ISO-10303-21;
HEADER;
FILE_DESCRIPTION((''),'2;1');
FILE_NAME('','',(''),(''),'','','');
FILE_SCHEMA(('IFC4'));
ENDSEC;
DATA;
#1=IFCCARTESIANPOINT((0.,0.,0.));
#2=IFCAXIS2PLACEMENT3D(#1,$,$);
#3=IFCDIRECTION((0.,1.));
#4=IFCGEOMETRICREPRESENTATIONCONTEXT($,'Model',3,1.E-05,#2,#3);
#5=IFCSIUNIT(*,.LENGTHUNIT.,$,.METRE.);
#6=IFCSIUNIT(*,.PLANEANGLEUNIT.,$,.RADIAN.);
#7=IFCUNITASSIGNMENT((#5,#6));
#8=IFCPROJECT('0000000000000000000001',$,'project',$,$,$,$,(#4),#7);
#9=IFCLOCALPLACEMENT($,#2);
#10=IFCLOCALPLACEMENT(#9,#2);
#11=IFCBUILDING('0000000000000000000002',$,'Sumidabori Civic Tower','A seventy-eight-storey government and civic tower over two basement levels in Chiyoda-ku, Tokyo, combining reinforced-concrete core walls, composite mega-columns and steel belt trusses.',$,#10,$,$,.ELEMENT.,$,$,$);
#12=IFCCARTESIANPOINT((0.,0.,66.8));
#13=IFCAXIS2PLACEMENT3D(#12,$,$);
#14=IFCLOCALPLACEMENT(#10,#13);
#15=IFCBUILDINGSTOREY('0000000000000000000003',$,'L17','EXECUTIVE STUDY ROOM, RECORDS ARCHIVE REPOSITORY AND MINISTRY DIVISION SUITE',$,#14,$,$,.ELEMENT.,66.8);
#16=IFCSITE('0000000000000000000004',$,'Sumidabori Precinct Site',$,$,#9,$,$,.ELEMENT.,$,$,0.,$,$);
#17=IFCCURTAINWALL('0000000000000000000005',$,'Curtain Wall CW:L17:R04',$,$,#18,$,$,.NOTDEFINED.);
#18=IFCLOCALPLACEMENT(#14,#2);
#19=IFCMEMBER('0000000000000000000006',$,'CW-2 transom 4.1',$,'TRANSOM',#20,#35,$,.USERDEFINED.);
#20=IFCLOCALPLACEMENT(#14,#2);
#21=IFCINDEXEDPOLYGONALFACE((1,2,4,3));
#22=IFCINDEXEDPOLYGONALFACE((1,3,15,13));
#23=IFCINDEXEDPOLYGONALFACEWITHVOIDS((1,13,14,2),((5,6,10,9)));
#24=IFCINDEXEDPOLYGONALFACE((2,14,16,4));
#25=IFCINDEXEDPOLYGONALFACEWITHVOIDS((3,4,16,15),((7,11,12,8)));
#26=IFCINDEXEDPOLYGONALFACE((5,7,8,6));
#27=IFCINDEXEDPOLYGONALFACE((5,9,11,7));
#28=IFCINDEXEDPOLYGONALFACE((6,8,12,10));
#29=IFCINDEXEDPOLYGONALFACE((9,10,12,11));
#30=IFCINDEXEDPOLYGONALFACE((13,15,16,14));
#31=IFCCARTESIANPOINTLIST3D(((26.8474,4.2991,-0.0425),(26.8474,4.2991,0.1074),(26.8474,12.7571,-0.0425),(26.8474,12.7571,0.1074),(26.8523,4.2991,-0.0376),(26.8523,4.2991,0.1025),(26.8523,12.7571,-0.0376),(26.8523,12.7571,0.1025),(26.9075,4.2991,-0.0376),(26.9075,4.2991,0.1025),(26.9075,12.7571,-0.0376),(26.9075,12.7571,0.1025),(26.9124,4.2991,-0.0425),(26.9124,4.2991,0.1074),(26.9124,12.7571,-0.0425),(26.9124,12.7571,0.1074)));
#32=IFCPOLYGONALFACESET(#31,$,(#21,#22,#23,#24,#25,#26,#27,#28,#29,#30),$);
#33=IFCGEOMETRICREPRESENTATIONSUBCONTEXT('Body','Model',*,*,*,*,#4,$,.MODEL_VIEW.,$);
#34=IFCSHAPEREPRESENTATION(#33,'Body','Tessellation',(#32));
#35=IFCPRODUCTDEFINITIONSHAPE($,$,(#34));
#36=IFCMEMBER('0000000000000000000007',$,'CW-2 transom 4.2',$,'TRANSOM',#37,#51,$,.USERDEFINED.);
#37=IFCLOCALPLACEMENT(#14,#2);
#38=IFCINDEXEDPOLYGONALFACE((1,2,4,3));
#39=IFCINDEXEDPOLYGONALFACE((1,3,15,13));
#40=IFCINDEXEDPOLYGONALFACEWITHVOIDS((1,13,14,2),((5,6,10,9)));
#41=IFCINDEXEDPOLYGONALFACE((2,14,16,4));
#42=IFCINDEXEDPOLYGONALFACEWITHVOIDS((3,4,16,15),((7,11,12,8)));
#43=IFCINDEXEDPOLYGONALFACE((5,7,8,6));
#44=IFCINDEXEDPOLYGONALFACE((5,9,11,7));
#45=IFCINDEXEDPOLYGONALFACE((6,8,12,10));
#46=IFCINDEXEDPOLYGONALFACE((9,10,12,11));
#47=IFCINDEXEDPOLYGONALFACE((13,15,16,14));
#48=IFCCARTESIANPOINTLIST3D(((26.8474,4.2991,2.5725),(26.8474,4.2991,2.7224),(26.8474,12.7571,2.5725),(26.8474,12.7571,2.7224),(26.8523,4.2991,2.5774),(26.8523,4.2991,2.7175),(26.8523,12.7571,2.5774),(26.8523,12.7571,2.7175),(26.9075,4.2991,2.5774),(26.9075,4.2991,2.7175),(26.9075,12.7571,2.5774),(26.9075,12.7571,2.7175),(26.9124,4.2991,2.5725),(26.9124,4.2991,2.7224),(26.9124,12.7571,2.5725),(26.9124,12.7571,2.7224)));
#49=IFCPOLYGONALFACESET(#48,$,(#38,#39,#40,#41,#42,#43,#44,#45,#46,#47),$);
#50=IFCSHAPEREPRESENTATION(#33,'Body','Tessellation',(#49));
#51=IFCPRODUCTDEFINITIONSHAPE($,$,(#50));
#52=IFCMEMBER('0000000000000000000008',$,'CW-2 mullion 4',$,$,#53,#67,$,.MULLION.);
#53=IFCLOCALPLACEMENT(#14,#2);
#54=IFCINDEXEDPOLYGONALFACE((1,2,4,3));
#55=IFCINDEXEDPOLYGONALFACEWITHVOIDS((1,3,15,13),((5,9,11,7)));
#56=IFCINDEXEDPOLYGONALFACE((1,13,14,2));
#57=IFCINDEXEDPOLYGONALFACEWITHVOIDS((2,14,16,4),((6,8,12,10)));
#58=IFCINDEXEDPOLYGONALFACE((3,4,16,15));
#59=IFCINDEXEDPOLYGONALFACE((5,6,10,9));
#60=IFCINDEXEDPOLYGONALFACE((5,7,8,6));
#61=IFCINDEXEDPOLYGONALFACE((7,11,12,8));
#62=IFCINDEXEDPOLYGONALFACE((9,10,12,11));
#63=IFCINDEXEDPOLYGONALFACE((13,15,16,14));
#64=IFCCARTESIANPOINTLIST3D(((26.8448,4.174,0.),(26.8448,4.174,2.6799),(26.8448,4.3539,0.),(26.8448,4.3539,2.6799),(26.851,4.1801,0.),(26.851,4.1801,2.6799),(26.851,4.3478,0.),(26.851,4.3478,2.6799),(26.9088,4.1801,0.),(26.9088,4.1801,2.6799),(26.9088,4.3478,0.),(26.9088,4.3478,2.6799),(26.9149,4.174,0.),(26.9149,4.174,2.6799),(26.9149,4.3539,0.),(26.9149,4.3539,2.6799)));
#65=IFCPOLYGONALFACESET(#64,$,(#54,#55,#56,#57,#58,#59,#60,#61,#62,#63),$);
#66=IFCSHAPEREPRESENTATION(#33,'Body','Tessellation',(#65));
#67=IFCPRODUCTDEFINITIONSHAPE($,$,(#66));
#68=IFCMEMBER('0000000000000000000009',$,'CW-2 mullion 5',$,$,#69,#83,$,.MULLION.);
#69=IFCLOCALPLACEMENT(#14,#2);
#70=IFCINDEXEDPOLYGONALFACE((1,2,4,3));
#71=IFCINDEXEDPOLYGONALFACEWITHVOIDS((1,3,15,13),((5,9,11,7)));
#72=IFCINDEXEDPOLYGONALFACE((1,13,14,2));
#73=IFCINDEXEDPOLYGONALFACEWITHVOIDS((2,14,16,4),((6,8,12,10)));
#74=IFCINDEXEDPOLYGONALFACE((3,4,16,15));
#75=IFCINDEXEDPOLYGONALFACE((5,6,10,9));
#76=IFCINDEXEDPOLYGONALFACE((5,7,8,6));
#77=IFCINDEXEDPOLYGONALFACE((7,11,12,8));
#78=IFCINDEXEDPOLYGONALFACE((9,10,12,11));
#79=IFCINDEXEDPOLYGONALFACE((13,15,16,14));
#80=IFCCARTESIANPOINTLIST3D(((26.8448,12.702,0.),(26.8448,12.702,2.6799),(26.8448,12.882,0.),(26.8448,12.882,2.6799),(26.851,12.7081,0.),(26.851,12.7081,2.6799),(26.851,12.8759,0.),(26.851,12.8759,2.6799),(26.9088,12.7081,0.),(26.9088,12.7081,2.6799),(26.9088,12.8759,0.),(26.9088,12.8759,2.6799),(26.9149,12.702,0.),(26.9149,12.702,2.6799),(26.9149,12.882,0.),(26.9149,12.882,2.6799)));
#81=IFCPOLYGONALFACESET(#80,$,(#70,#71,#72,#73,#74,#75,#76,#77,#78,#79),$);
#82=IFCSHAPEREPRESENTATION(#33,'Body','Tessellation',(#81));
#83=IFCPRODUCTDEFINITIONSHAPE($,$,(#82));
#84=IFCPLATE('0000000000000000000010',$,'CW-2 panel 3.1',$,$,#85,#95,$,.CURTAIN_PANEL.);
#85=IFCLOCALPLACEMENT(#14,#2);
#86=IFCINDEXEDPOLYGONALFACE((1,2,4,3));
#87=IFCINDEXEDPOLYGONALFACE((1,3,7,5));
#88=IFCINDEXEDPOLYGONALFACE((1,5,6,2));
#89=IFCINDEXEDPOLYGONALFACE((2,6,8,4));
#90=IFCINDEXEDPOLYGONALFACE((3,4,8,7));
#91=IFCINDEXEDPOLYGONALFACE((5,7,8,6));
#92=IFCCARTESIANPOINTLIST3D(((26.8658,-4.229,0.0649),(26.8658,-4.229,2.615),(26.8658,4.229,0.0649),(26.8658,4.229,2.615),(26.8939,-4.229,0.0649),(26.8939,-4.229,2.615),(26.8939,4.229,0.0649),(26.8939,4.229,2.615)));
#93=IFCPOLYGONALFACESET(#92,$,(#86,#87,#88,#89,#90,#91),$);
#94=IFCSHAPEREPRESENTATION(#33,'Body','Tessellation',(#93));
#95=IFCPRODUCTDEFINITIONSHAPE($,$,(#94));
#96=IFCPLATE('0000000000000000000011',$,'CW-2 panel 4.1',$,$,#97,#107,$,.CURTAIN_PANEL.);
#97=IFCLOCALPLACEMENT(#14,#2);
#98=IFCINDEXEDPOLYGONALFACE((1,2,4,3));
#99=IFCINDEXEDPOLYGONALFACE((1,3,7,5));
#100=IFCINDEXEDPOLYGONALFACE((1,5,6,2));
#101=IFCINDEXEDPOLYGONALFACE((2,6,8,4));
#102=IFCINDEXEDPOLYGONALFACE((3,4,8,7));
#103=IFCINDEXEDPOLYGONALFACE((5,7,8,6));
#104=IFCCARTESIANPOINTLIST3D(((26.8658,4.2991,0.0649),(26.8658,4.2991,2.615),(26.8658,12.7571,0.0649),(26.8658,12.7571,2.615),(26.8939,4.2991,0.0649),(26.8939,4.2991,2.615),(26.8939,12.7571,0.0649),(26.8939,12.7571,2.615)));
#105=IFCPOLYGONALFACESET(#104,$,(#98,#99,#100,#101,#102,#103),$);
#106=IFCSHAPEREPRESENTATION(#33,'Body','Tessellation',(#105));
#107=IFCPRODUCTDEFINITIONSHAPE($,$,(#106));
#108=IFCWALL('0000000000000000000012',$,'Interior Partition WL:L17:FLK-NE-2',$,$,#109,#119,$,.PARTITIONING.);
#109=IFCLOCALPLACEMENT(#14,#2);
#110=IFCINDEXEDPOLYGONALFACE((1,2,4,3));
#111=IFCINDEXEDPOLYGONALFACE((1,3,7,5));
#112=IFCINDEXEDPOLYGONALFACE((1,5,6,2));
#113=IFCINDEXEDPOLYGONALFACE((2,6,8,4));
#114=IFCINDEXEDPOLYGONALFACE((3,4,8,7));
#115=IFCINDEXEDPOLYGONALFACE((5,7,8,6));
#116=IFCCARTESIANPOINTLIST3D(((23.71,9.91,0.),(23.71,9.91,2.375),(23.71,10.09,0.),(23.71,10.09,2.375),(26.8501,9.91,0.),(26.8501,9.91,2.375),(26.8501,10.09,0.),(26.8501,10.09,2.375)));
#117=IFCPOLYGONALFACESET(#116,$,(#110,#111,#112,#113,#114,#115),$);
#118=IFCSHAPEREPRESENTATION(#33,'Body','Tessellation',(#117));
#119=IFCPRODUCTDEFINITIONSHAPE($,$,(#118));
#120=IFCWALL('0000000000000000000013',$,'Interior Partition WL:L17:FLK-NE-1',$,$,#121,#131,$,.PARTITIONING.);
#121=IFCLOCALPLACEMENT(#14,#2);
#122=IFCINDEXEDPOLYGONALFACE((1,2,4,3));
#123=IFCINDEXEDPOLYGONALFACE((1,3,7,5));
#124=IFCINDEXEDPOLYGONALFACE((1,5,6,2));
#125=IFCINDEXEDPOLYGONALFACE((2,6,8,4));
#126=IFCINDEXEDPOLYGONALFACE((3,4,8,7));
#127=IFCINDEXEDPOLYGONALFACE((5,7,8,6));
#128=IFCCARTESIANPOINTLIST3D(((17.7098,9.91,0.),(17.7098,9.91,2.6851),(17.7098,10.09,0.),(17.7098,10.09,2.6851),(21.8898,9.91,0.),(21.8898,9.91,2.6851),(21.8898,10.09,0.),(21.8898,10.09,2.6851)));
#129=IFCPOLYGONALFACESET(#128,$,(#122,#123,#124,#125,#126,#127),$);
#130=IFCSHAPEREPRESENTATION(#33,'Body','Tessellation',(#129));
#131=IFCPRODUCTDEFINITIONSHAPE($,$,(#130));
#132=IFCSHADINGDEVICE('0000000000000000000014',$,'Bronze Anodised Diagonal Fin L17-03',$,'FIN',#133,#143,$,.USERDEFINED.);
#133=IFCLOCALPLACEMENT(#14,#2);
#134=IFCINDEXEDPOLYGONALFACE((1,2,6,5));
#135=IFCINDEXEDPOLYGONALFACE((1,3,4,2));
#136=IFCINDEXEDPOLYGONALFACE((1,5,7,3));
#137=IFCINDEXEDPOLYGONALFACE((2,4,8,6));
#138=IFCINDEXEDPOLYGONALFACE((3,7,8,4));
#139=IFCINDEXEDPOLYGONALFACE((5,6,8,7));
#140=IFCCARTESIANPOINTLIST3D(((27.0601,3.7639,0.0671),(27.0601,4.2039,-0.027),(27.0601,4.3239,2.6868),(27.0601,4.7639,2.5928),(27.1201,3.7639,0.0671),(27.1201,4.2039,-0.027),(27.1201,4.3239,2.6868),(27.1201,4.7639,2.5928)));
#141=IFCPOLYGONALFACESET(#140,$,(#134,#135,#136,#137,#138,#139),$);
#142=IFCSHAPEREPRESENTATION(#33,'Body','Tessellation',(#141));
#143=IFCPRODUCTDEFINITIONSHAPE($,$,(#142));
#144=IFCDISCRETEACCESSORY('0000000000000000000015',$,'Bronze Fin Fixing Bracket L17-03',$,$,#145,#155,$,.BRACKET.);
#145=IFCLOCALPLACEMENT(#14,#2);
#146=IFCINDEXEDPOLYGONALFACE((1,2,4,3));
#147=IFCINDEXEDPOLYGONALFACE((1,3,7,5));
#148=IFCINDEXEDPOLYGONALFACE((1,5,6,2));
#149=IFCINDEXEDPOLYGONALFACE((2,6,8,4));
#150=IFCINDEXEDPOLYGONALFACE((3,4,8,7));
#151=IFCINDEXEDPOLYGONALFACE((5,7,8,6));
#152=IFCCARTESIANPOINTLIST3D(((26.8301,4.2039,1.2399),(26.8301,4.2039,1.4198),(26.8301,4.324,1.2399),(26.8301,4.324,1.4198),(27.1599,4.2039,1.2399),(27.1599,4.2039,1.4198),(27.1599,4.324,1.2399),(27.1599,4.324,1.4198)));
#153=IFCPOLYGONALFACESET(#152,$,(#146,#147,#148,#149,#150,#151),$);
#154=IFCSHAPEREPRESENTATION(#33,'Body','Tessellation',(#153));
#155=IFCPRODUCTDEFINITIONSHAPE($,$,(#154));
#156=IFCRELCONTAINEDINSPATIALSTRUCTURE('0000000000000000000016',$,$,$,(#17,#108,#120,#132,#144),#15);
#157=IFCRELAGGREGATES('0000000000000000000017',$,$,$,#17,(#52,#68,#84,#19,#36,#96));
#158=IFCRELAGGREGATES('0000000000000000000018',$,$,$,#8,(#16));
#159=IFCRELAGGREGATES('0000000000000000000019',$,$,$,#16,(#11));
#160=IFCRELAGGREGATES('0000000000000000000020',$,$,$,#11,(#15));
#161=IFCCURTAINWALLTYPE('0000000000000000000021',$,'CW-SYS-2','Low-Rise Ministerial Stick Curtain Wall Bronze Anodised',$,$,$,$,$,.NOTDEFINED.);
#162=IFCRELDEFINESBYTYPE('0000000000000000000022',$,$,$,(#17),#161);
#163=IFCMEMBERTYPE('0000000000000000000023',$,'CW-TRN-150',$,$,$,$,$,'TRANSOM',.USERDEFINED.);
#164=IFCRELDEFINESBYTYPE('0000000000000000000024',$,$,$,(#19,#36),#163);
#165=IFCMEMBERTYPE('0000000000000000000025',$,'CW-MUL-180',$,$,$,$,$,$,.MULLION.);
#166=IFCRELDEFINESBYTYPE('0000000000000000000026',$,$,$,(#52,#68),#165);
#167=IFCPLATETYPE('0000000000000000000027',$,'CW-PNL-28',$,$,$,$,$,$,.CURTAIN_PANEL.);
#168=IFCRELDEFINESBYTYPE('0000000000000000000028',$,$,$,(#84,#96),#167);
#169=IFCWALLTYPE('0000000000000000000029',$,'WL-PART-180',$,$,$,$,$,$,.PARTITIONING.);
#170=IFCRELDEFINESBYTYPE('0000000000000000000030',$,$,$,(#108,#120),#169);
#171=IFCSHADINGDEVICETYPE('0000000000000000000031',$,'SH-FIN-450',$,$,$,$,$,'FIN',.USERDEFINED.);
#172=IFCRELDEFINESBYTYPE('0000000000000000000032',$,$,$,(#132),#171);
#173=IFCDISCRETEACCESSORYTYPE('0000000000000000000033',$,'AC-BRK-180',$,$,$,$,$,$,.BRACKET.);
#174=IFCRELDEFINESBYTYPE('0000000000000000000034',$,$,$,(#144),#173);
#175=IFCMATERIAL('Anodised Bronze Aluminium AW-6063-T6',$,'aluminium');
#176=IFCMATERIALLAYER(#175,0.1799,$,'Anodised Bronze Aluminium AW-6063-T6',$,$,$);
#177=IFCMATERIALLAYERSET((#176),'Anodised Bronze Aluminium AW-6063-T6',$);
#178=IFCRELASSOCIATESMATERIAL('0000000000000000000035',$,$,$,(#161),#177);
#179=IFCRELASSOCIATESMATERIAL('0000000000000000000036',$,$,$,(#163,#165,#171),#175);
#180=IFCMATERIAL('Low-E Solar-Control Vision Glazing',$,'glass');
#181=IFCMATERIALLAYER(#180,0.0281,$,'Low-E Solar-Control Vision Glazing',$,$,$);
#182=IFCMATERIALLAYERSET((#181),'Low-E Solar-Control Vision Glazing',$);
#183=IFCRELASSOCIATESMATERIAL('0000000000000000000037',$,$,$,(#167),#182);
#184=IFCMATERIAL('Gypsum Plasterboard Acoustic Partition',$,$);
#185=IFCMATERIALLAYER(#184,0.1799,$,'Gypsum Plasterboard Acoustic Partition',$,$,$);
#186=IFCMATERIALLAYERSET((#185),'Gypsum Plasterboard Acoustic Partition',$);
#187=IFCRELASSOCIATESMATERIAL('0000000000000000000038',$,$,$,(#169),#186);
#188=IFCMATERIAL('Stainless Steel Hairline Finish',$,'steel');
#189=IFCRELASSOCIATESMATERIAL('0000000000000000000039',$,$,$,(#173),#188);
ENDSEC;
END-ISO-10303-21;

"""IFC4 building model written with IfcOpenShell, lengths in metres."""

from ifc_helpers import new_model, si_unit, direction, frame, frame_2d, origin, origin_2d, place, context, subcontext, project, spatial, rectangle, hollow_rectangle, extrude, source, transform, mapped, material, layer, layer_set, material_profile, profile_set, type_object, element, aggregate, save


model = new_model("IFC4")

# Units and contexts
model_context = context("Model", 3, precision=1e-05, world=origin(), true_north=direction((0.0, 1.0)))
body_context = subcontext(model_context, "Body", "Model", "MODEL_VIEW")
ifc_project = project(units=[si_unit("LENGTHUNIT", "METRE"), si_unit("PLANEANGLEUNIT", "RADIAN")], contexts=[model_context])

# Site, building, storey
site_placement = place(None, origin())
site = spatial("IfcSite", under=ifc_project, at=site_placement, Name="Sumidabori Precinct Site", CompositionType="ELEMENT", RefElevation=0.0)
building_placement = place(site_placement, origin())
building = spatial("IfcBuilding", under=site, at=building_placement, Name="Sumidabori Civic Tower", Description="A seventy-eight-storey government and civic tower over two basement levels in Chiyoda-ku, Tokyo, combining reinforced-concrete core walls, composite mega-columns and steel belt trusses.", CompositionType="ELEMENT")
storey_placement = place(building_placement, frame((0.0, 0.0, 66.8)))
storey = spatial("IfcBuildingStorey", under=building, at=storey_placement, Name="L17", Description="EXECUTIVE STUDY ROOM, RECORDS ARCHIVE REPOSITORY AND MINISTRY DIVISION SUITE", CompositionType="ELEMENT", Elevation=66.8)

# Curtain wall, members, plates
ifc_material_1 = material(Name="Anodised Bronze Aluminium AW-6063-T6", Category="aluminium")
ifc_layer_1 = layer(ifc_material_1, 0.1799, Name="Anodised Bronze Aluminium AW-6063-T6")
ifc_layer_set_1 = layer_set([ifc_layer_1], Name="Anodised Bronze Aluminium AW-6063-T6")
curtain_wall_type = type_object("IfcCurtainWallType", Name="CW-SYS-2", Description="Low-Rise Ministerial Stick Curtain Wall Bronze Anodised", PredefinedType="NOTDEFINED", material=ifc_layer_set_1)
curtain_wall_placement = place(storey_placement, origin())
curtain_wall = element("IfcCurtainWall", 1, at=curtain_wall_placement, inside=storey, type_object=curtain_wall_type, Name="Curtain Wall CW:L17:R04", PredefinedType="NOTDEFINED")
ifc_material_profile_1 = material_profile(ifc_material_1, hollow_rectangle(XDim=0.0649, YDim=0.1499, WallThickness=0.0049, at=origin_2d()), Name="ALU TRANSOM 150x65")
ifc_profile_set_1 = profile_set([ifc_material_profile_1], Name="Anodised Bronze Aluminium AW-6063-T6")
member_type_1 = type_object("IfcMemberType", Name="CW-TRN-150", ElementType="TRANSOM", PredefinedType="USERDEFINED", material=ifc_profile_set_1)
shared_shape_1 = source(origin(), body_context, "Body", "SweptSolid", [
    extrude(hollow_rectangle(XDim=0.0649, YDim=0.1499, WallThickness=0.0049, at=origin_2d()), origin(), (0.0, 0.0, 1.0), 8.458),
])
member_1_placement = place(storey_placement, frame((26.8799, 4.2991, 0.0325), z_axis=(0.0, 1.0, 0.0), x_axis=(-1.0, 0.0, 0.0)))
member_1 = element("IfcMember", 2, at=member_1_placement, type_object=member_type_1, Name="CW-2 transom 4.1", ObjectType="TRANSOM", PredefinedType="USERDEFINED", context=body_context, shape_type="MappedRepresentation", body=[
    mapped(shared_shape_1, transform((0.0, 0.0, 0.0), x_axis=(1.0, 0.0, 0.0), y_axis=(0.0, 1.0, 0.0), z_axis=(0.0, 0.0, 1.0), scale=1.0)),
])
member_2_placement = place(storey_placement, frame((26.8799, 4.2991, 2.6475), z_axis=(0.0, 1.0, 0.0), x_axis=(-1.0, 0.0, 0.0)))
member_2 = element("IfcMember", 3, at=member_2_placement, type_object=member_type_1, Name="CW-2 transom 4.2", ObjectType="TRANSOM", PredefinedType="USERDEFINED", context=body_context, shape_type="MappedRepresentation", body=[
    mapped(shared_shape_1, transform((0.0, 0.0, 0.0), x_axis=(1.0, 0.0, 0.0), y_axis=(0.0, 1.0, 0.0), z_axis=(0.0, 0.0, 1.0), scale=1.0)),
])
ifc_material_profile_2 = material_profile(ifc_material_1, hollow_rectangle(XDim=0.0701, YDim=0.1799, WallThickness=0.0061, at=origin_2d()), Name="ALU MULLION 180x70")
ifc_profile_set_2 = profile_set([ifc_material_profile_2], Name="Anodised Bronze Aluminium AW-6063-T6")
member_type_2 = type_object("IfcMemberType", Name="CW-MUL-180", PredefinedType="MULLION", material=ifc_profile_set_2)
shared_shape_2 = source(origin(), body_context, "Body", "SweptSolid", [
    extrude(hollow_rectangle(XDim=0.0701, YDim=0.1799, WallThickness=0.0061, at=origin_2d()), origin(), (0.0, 0.0, 1.0), 2.6799),
])
member_3_placement = place(storey_placement, frame((26.8799, 4.2639, 0.0), z_axis=(0.0, 0.0, 1.0), x_axis=(-1.0, 0.0, 0.0)))
member_3 = element("IfcMember", 4, at=member_3_placement, type_object=member_type_2, Name="CW-2 mullion 4", PredefinedType="MULLION", context=body_context, shape_type="MappedRepresentation", body=[
    mapped(shared_shape_2, transform((0.0, 0.0, 0.0), x_axis=(1.0, 0.0, 0.0), y_axis=(0.0, 1.0, 0.0), z_axis=(0.0, 0.0, 1.0), scale=1.0)),
])
member_4_placement = place(storey_placement, frame((26.8799, 12.792, 0.0), z_axis=(0.0, 0.0, 1.0), x_axis=(-1.0, 0.0, 0.0)))
member_4 = element("IfcMember", 5, at=member_4_placement, type_object=member_type_2, Name="CW-2 mullion 5", PredefinedType="MULLION", context=body_context, shape_type="MappedRepresentation", body=[
    mapped(shared_shape_2, transform((0.0, 0.0, 0.0), x_axis=(1.0, 0.0, 0.0), y_axis=(0.0, 1.0, 0.0), z_axis=(0.0, 0.0, 1.0), scale=1.0)),
])
ifc_material_2 = material(Name="Low-E Solar-Control Vision Glazing", Category="glass")
ifc_layer_2 = layer(ifc_material_2, 0.0281, Name="Low-E Solar-Control Vision Glazing")
ifc_layer_set_2 = layer_set([ifc_layer_2], Name="Low-E Solar-Control Vision Glazing")
plate_type = type_object("IfcPlateType", Name="CW-PNL-28", PredefinedType="CURTAIN_PANEL", material=ifc_layer_set_2)
shared_shape_3 = source(origin(), body_context, "Body", "SweptSolid", [
    extrude(rectangle(XDim=8.458, YDim=0.0281, at=origin_2d()), origin(), (0.0, 0.0, 1.0), 2.55),
])
plate_1_placement = place(storey_placement, frame((26.8799, 0.0, 0.0649), z_axis=(0.0, 0.0, 1.0), x_axis=(0.0, 1.0, 0.0)))
plate_1 = element("IfcPlate", 6, at=plate_1_placement, type_object=plate_type, Name="CW-2 panel 3.1", PredefinedType="CURTAIN_PANEL", context=body_context, shape_type="MappedRepresentation", body=[
    mapped(shared_shape_3, transform((0.0, 0.0, 0.0), x_axis=(1.0, 0.0, 0.0), y_axis=(0.0, 1.0, 0.0), z_axis=(0.0, 0.0, 1.0), scale=1.0)),
])
plate_2_placement = place(storey_placement, frame((26.8799, 8.5281, 0.0649), z_axis=(0.0, 0.0, 1.0), x_axis=(0.0, 1.0, 0.0)))
plate_2 = element("IfcPlate", 7, at=plate_2_placement, type_object=plate_type, Name="CW-2 panel 4.1", PredefinedType="CURTAIN_PANEL", context=body_context, shape_type="MappedRepresentation", body=[
    mapped(shared_shape_3, transform((0.0, 0.0, 0.0), x_axis=(1.0, 0.0, 0.0), y_axis=(0.0, 1.0, 0.0), z_axis=(0.0, 0.0, 1.0), scale=1.0)),
])
aggregate(curtain_wall, [member_3, member_4, plate_1, member_1, member_2, plate_2])

# Walls
ifc_material_3 = material(Name="Gypsum Plasterboard Acoustic Partition")
ifc_layer_3 = layer(ifc_material_3, 0.1799, Name="Gypsum Plasterboard Acoustic Partition")
ifc_layer_set_3 = layer_set([ifc_layer_3], Name="Gypsum Plasterboard Acoustic Partition")
wall_type = type_object("IfcWallType", Name="WL-PART-180", PredefinedType="PARTITIONING", material=ifc_layer_set_3)
shared_shape_4 = source(origin(), body_context, "Body", "SweptSolid", [
    extrude(rectangle(XDim=3.1401, YDim=0.1799, at=frame_2d((1.5701, 0.0))), origin(), (0.0, 0.0, 1.0), 2.375),
])
wall_1_placement = place(storey_placement, frame((23.71, 10.0, 0.0), z_axis=(0.0, 0.0, 1.0), x_axis=(1.0, 0.0, 0.0)))
element("IfcWall", 8, at=wall_1_placement, inside=storey, type_object=wall_type, Name="Interior Partition WL:L17:FLK-NE-2", PredefinedType="PARTITIONING", context=body_context, shape_type="MappedRepresentation", body=[
    mapped(shared_shape_4, transform((0.0, 0.0, 0.0), x_axis=(1.0, 0.0, 0.0), y_axis=(0.0, 1.0, 0.0), z_axis=(0.0, 0.0, 1.0), scale=1.0)),
])
shared_shape_5 = source(origin(), body_context, "Body", "SweptSolid", [
    extrude(rectangle(XDim=4.1799, YDim=0.1799, at=frame_2d((2.0898, 0.0))), origin(), (0.0, 0.0, 1.0), 2.6851),
])
wall_2_placement = place(storey_placement, frame((17.71, 10.0, 0.0), z_axis=(0.0, 0.0, 1.0), x_axis=(1.0, 0.0, 0.0)))
element("IfcWall", 9, at=wall_2_placement, inside=storey, type_object=wall_type, Name="Interior Partition WL:L17:FLK-NE-1", PredefinedType="PARTITIONING", context=body_context, shape_type="MappedRepresentation", body=[
    mapped(shared_shape_5, transform((0.0, 0.0, 0.0), x_axis=(1.0, 0.0, 0.0), y_axis=(0.0, 1.0, 0.0), z_axis=(0.0, 0.0, 1.0), scale=1.0)),
])

# Shading device
ifc_material_profile_3 = material_profile(ifc_material_1, rectangle(XDim=0.0601, YDim=0.45, at=origin_2d()), Name="BRONZE FIN 450x60")
ifc_profile_set_3 = profile_set([ifc_material_profile_3], Name="Anodised Bronze Aluminium AW-6063-T6")
shading_device_type = type_object("IfcShadingDeviceType", Name="SH-FIN-450", ElementType="FIN", PredefinedType="USERDEFINED", material=ifc_profile_set_3)
shared_shape_6 = source(origin(), body_context, "Body", "SweptSolid", [
    extrude(rectangle(XDim=0.0601, YDim=0.45, at=origin_2d()), origin(), (0.0, 0.0, 1.0), 2.679),
])
shading_device_placement = place(storey_placement, frame((27.0901, 3.9839, 0.02), z_axis=(0.0, 0.20905, 0.977905), x_axis=(-1.0, 0.0, 0.0)))
element("IfcShadingDevice", 10, at=shading_device_placement, inside=storey, type_object=shading_device_type, Name="Bronze Anodised Diagonal Fin L17-03", ObjectType="FIN", PredefinedType="USERDEFINED", context=body_context, shape_type="MappedRepresentation", body=[
    mapped(shared_shape_6, transform((0.0, 0.0, 0.0), x_axis=(1.0, 0.0, 0.0), y_axis=(0.0, 1.0, 0.0), z_axis=(0.0, 0.0, 1.0), scale=1.0)),
])

# Discrete accessory
ifc_material_4 = material(Name="Stainless Steel Hairline Finish", Category="steel")
ifc_material_profile_4 = material_profile(ifc_material_4, rectangle(XDim=0.1201, YDim=0.1799, at=origin_2d()), Name="STEEL BRACKET 180x120")
ifc_profile_set_4 = profile_set([ifc_material_profile_4], Name="Stainless Steel Hairline Finish")
discrete_accessory_type = type_object("IfcDiscreteAccessoryType", Name="AC-BRK-180", PredefinedType="BRACKET", material=ifc_profile_set_4)
shared_shape_7 = source(origin(), body_context, "Body", "SweptSolid", [
    extrude(rectangle(XDim=0.1201, YDim=0.1799, at=origin_2d()), origin(), (0.0, 0.0, 1.0), 0.3298),
])
discrete_accessory_placement = place(storey_placement, frame((26.8301, 4.2639, 1.3298), z_axis=(1.0, 0.0, 0.0), x_axis=(0.0, 1.0, 0.0)))
element("IfcDiscreteAccessory", 11, at=discrete_accessory_placement, inside=storey, type_object=discrete_accessory_type, Name="Bronze Fin Fixing Bracket L17-03", PredefinedType="BRACKET", context=body_context, shape_type="MappedRepresentation", body=[
    mapped(shared_shape_7, transform((0.0, 0.0, 0.0), x_axis=(1.0, 0.0, 0.0), y_axis=(0.0, 1.0, 0.0), z_axis=(0.0, 0.0, 1.0), scale=1.0)),
])

save(model, "model.ifc")
